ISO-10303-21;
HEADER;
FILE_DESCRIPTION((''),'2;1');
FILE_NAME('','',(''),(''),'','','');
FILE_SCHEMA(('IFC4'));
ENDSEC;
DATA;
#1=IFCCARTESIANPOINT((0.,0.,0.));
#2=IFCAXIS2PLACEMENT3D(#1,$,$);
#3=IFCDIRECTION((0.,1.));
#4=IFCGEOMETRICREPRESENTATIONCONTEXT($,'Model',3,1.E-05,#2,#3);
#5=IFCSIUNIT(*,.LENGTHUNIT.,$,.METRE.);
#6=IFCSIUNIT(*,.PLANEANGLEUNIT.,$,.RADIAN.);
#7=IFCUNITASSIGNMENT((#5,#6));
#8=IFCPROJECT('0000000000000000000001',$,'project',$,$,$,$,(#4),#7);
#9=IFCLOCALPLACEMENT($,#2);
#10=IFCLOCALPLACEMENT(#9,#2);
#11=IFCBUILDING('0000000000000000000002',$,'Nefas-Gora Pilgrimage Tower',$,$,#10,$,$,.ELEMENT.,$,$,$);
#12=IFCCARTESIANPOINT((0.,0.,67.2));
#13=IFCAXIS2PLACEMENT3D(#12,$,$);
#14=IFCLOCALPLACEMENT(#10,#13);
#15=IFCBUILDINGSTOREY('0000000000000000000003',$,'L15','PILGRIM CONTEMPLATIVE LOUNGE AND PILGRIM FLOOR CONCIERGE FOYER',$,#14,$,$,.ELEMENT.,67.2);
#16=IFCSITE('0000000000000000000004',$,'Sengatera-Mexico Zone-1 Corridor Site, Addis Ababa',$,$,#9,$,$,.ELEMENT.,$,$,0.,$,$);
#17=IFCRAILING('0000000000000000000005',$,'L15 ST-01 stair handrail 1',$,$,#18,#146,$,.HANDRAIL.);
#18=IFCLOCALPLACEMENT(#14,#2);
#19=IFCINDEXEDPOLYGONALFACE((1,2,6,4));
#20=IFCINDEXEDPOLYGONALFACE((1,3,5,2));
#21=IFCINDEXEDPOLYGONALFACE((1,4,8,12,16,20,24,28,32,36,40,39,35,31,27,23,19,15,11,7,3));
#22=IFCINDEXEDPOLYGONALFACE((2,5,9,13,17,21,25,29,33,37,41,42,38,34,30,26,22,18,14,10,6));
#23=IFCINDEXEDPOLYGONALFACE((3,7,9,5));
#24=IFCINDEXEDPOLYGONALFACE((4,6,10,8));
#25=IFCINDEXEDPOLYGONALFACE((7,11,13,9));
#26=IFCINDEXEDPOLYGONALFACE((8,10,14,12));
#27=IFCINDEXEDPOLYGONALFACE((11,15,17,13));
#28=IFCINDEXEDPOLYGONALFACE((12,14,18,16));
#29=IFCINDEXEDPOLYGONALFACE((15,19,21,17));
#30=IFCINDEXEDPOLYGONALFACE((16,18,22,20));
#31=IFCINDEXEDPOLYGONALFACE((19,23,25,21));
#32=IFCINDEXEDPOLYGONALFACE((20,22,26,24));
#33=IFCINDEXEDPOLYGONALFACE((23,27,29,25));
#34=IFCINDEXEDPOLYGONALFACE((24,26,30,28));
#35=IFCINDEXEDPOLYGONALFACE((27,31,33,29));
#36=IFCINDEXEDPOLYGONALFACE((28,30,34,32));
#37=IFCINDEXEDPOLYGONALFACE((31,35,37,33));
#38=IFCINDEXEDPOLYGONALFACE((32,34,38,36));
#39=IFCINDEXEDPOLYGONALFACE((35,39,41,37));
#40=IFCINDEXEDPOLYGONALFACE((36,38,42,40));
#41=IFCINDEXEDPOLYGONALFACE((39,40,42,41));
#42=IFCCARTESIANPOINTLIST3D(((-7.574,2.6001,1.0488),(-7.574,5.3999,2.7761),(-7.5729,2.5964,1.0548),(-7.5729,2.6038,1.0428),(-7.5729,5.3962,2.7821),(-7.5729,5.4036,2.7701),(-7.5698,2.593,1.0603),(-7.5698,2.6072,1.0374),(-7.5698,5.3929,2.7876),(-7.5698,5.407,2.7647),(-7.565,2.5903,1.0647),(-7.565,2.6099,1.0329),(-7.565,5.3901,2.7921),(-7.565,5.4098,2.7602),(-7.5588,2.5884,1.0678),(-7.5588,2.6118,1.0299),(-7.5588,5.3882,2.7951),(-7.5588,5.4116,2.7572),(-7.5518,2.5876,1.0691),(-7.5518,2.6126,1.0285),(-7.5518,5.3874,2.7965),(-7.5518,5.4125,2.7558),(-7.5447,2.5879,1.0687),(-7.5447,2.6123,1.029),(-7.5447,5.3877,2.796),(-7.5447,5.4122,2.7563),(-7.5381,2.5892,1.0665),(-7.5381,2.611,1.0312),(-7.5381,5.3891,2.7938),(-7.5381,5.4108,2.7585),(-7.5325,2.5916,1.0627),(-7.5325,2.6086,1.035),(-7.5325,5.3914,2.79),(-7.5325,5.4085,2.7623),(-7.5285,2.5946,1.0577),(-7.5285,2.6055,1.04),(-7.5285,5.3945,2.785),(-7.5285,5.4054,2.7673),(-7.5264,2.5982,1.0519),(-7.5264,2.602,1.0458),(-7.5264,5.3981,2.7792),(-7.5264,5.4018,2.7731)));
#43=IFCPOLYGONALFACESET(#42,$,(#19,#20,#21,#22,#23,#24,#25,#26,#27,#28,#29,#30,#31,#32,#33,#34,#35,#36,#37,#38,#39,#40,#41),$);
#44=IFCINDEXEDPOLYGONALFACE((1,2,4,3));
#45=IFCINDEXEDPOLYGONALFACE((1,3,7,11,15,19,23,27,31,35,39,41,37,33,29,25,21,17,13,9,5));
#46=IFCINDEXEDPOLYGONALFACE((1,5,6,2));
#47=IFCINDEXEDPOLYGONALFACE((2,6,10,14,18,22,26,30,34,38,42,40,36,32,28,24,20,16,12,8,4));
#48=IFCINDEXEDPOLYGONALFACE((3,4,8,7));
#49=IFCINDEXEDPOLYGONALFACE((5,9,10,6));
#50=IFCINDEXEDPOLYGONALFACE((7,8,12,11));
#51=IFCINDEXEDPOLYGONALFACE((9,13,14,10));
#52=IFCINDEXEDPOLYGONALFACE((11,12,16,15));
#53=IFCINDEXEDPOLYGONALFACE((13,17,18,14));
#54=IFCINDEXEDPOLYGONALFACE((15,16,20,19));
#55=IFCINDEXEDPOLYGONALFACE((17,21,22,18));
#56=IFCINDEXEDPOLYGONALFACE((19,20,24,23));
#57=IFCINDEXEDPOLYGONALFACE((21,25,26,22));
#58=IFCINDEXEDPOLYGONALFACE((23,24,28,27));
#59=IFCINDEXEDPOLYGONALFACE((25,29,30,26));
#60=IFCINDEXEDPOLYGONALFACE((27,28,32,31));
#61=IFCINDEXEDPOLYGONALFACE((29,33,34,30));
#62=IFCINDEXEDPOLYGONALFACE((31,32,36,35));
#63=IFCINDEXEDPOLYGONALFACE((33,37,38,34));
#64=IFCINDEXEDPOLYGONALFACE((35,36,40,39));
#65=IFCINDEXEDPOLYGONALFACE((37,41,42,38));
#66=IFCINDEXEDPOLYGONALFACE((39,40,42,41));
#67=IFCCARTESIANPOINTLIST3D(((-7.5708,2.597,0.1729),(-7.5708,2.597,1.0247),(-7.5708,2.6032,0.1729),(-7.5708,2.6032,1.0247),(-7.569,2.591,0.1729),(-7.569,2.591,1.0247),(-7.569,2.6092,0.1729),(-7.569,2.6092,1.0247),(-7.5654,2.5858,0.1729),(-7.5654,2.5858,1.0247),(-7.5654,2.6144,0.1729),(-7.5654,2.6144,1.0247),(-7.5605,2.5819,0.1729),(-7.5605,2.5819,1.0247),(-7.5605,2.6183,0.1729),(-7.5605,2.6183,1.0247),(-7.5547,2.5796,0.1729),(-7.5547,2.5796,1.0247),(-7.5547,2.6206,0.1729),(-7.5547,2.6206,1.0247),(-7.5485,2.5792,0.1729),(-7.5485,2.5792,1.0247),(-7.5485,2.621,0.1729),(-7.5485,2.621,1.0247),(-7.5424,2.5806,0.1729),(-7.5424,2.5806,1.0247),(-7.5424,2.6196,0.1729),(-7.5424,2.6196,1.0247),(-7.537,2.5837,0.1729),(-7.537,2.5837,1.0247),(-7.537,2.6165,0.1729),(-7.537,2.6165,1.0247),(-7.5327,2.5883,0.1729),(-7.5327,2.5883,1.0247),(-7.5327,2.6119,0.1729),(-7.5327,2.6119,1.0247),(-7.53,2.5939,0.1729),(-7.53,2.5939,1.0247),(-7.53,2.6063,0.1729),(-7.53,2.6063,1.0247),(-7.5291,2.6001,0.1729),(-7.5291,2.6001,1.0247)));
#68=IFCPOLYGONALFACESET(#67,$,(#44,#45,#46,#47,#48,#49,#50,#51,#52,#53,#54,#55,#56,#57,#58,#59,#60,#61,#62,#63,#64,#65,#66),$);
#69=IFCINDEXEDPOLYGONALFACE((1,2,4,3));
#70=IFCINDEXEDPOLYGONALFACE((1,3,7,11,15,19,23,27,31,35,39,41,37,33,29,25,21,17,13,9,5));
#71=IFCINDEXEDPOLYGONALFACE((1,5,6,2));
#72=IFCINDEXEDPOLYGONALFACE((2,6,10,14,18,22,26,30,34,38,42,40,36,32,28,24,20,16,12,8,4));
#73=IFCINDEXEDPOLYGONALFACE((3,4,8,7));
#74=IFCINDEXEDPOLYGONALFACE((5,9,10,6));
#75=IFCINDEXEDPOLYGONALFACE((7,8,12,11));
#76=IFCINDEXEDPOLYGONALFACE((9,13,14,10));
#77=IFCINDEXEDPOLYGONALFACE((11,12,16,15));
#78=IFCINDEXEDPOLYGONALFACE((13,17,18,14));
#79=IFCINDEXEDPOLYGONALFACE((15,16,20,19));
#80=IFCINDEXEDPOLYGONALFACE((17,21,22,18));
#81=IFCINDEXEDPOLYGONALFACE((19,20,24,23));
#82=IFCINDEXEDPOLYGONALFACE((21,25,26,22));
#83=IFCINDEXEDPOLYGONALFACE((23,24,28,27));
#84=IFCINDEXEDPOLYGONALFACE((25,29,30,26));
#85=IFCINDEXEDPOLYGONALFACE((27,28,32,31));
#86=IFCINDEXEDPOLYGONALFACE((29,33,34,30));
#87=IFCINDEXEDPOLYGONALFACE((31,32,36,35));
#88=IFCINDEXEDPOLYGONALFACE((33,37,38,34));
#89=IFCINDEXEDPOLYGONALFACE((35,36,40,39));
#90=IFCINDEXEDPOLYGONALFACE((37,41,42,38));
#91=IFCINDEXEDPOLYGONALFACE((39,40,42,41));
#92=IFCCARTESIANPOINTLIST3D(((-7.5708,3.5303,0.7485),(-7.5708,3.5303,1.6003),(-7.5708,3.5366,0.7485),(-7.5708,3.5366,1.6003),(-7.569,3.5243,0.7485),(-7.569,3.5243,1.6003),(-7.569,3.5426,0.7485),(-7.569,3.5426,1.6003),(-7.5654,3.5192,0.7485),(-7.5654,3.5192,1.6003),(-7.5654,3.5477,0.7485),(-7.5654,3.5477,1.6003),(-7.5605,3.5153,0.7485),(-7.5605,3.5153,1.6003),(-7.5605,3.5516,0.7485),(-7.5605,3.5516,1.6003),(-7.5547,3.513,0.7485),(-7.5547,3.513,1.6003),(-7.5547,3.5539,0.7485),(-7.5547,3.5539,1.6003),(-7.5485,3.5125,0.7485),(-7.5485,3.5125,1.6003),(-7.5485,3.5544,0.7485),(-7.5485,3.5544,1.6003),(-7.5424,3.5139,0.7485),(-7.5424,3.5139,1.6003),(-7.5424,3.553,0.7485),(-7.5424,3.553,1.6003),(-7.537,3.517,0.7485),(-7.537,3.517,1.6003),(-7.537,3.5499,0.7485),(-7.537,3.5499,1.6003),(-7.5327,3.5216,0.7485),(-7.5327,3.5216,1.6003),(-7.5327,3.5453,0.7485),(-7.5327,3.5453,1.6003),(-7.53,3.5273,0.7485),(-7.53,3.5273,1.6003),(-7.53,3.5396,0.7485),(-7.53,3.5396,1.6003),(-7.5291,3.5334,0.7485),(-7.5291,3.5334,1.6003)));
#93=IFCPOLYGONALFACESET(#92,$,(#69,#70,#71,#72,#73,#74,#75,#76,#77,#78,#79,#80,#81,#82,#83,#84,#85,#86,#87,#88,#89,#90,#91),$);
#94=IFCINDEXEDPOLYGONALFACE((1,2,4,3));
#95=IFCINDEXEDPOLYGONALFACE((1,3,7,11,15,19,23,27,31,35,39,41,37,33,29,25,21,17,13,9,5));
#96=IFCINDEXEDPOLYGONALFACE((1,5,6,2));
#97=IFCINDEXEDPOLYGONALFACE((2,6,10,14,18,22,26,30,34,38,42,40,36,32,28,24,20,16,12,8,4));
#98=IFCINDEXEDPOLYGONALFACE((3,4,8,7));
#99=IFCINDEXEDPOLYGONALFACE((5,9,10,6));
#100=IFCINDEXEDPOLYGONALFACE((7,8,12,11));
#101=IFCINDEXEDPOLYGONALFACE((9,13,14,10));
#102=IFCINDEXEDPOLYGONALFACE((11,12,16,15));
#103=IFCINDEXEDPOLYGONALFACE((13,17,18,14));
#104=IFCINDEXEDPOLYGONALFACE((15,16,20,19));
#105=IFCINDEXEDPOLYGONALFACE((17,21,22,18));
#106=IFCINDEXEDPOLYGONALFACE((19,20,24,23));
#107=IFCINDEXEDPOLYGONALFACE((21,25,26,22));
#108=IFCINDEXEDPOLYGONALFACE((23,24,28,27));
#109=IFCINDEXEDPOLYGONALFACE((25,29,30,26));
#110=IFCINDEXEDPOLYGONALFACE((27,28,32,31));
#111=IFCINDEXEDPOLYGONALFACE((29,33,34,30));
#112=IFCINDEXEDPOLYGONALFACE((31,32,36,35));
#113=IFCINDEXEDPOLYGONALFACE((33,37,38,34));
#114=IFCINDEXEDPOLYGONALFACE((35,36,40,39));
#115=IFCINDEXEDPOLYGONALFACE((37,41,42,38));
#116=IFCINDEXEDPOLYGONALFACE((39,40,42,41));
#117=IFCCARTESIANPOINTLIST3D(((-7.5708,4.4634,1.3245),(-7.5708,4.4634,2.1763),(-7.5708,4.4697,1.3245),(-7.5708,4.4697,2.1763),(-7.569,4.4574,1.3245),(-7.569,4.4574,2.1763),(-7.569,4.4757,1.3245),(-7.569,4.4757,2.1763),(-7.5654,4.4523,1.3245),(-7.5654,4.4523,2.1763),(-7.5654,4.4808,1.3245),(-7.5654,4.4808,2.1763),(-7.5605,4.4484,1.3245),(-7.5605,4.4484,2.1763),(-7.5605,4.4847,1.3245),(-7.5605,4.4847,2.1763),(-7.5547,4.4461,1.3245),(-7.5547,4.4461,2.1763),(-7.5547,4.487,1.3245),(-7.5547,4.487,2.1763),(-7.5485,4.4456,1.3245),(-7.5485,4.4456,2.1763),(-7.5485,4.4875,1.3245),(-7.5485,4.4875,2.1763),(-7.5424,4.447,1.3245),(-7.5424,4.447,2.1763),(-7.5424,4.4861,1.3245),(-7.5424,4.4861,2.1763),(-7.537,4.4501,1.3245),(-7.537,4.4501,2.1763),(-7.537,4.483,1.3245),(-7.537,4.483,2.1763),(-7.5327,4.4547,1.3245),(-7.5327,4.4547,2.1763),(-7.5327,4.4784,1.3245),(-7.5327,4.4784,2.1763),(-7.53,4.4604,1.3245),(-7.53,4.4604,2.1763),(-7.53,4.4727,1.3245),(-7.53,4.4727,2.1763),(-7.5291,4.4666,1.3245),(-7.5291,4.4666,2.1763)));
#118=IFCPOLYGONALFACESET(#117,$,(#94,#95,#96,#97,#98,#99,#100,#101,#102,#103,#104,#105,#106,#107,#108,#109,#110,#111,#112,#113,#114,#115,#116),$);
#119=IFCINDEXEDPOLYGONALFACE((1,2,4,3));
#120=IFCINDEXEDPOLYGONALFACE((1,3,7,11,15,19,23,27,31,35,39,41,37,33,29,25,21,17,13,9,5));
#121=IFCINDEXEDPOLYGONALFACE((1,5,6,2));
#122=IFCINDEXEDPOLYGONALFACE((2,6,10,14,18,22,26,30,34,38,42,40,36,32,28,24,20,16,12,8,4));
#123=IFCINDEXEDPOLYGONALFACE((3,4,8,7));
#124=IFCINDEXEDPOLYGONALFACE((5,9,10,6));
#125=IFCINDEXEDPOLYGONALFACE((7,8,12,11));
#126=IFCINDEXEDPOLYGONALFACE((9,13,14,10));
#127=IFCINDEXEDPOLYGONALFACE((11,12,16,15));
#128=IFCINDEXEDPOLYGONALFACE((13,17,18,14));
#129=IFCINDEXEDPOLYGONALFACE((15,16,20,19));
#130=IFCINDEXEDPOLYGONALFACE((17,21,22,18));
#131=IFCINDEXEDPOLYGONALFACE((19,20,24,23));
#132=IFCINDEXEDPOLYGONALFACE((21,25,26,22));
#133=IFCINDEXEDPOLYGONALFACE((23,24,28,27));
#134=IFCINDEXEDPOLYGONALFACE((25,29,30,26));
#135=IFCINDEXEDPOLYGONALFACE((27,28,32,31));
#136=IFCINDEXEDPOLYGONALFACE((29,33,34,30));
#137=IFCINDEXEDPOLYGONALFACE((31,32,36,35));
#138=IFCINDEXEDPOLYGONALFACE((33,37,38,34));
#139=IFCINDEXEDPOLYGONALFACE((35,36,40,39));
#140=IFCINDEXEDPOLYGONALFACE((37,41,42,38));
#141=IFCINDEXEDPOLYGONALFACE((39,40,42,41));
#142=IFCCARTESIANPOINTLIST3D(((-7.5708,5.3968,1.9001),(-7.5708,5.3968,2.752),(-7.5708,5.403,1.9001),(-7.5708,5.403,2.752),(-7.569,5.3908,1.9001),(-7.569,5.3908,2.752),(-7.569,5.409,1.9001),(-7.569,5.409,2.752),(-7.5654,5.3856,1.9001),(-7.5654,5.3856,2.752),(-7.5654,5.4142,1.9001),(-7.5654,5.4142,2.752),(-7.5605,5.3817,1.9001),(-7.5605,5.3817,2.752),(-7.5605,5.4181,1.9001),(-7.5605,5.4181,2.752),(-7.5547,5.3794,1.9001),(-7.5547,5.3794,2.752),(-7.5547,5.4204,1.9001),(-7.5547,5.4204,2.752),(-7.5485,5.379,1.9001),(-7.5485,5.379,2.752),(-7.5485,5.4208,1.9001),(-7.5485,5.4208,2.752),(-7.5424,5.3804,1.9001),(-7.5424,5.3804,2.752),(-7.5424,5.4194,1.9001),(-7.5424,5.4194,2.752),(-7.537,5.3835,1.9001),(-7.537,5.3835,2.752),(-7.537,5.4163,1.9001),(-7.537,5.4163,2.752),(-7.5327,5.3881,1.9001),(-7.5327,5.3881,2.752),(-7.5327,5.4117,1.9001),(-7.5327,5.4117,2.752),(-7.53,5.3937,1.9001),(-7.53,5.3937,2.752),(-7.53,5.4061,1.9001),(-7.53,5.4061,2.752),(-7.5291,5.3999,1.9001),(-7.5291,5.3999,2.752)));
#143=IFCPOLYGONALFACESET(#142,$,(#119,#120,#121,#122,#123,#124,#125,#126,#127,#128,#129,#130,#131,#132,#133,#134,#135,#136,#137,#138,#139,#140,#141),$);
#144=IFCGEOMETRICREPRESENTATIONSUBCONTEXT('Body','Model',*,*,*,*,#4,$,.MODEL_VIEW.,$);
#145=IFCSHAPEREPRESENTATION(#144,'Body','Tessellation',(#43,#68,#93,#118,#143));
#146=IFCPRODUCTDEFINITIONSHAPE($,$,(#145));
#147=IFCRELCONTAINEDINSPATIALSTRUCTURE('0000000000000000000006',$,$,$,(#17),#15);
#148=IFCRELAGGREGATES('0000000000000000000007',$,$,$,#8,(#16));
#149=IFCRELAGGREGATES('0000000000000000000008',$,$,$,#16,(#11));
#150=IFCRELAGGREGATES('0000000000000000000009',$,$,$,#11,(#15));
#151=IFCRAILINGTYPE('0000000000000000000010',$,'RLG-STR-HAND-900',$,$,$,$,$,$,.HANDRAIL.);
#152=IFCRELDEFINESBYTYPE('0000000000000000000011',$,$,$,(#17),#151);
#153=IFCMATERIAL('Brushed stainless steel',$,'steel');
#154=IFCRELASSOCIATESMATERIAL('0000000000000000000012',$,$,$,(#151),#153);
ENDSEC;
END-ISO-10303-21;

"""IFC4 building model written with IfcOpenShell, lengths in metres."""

from ifc_helpers import new_model, si_unit, direction, frame, origin, origin_2d, place, context, subcontext, project, spatial, circle, extrude, material, type_object, element, save


model = new_model("IFC4")

# Units and contexts
model_context = context("Model", 3, precision=1e-05, world=origin(), true_north=direction((0.0, 1.0)))
body_context = subcontext(model_context, "Body", "Model", "MODEL_VIEW")
ifc_project = project(units=[si_unit("LENGTHUNIT", "METRE"), si_unit("PLANEANGLEUNIT", "RADIAN")], contexts=[model_context])

# Site, building, storey
site_placement = place(None, origin())
site = spatial("IfcSite", under=ifc_project, at=site_placement, Name="Sengatera-Mexico Zone-1 Corridor Site, Addis Ababa", CompositionType="ELEMENT", RefElevation=0.0)
building_placement = place(site_placement, origin())
building = spatial("IfcBuilding", under=site, at=building_placement, Name="Nefas-Gora Pilgrimage Tower", CompositionType="ELEMENT")
storey_placement = place(building_placement, frame((0.0, 0.0, 67.2)))
storey = spatial("IfcBuildingStorey", under=building, at=storey_placement, Name="L15", Description="PILGRIM CONTEMPLATIVE LOUNGE AND PILGRIM FLOOR CONCIERGE FOYER", CompositionType="ELEMENT", Elevation=67.2)

# Railing
ifc_material_1 = material(Name="Brushed stainless steel", Category="steel")
railing_type_1 = type_object("IfcRailingType", Name="RLG-STR-HAND-900", PredefinedType="HANDRAIL", material=ifc_material_1)
railing_1_placement = place(storey_placement, frame((-7.55, 2.6001, 0.1729)))
element("IfcRailing", 1, at=railing_1_placement, inside=storey, type_object=railing_type_1, Name="L15 ST-01 stair handrail 1", PredefinedType="HANDRAIL", context=body_context, shape_type="SweptSolid", body=[
    extrude(circle(Radius=0.0239, at=origin_2d()), frame((0.0, 0.0, 0.876), z_axis=(0.0, 0.851069, 0.525054), x_axis=(-1.0, 0.0, 0.0)), (0.0, 0.0, 1.0), 3.2898),
    extrude(circle(Radius=0.021, at=origin_2d()), origin(), (0.0, 0.0, 1.0), 0.8518),
    extrude(circle(Radius=0.021, at=origin_2d()), frame((0.0, 0.9333, 0.5757)), (0.0, 0.0, 1.0), 0.8518),
    extrude(circle(Radius=0.021, at=origin_2d()), frame((0.0, 1.8665, 1.1516)), (0.0, 0.0, 1.0), 0.8518),
    extrude(circle(Radius=0.021, at=origin_2d()), frame((0.0, 2.7998, 1.7273)), (0.0, 0.0, 1.0), 0.8518),
])

save(model, "model.ifc")
